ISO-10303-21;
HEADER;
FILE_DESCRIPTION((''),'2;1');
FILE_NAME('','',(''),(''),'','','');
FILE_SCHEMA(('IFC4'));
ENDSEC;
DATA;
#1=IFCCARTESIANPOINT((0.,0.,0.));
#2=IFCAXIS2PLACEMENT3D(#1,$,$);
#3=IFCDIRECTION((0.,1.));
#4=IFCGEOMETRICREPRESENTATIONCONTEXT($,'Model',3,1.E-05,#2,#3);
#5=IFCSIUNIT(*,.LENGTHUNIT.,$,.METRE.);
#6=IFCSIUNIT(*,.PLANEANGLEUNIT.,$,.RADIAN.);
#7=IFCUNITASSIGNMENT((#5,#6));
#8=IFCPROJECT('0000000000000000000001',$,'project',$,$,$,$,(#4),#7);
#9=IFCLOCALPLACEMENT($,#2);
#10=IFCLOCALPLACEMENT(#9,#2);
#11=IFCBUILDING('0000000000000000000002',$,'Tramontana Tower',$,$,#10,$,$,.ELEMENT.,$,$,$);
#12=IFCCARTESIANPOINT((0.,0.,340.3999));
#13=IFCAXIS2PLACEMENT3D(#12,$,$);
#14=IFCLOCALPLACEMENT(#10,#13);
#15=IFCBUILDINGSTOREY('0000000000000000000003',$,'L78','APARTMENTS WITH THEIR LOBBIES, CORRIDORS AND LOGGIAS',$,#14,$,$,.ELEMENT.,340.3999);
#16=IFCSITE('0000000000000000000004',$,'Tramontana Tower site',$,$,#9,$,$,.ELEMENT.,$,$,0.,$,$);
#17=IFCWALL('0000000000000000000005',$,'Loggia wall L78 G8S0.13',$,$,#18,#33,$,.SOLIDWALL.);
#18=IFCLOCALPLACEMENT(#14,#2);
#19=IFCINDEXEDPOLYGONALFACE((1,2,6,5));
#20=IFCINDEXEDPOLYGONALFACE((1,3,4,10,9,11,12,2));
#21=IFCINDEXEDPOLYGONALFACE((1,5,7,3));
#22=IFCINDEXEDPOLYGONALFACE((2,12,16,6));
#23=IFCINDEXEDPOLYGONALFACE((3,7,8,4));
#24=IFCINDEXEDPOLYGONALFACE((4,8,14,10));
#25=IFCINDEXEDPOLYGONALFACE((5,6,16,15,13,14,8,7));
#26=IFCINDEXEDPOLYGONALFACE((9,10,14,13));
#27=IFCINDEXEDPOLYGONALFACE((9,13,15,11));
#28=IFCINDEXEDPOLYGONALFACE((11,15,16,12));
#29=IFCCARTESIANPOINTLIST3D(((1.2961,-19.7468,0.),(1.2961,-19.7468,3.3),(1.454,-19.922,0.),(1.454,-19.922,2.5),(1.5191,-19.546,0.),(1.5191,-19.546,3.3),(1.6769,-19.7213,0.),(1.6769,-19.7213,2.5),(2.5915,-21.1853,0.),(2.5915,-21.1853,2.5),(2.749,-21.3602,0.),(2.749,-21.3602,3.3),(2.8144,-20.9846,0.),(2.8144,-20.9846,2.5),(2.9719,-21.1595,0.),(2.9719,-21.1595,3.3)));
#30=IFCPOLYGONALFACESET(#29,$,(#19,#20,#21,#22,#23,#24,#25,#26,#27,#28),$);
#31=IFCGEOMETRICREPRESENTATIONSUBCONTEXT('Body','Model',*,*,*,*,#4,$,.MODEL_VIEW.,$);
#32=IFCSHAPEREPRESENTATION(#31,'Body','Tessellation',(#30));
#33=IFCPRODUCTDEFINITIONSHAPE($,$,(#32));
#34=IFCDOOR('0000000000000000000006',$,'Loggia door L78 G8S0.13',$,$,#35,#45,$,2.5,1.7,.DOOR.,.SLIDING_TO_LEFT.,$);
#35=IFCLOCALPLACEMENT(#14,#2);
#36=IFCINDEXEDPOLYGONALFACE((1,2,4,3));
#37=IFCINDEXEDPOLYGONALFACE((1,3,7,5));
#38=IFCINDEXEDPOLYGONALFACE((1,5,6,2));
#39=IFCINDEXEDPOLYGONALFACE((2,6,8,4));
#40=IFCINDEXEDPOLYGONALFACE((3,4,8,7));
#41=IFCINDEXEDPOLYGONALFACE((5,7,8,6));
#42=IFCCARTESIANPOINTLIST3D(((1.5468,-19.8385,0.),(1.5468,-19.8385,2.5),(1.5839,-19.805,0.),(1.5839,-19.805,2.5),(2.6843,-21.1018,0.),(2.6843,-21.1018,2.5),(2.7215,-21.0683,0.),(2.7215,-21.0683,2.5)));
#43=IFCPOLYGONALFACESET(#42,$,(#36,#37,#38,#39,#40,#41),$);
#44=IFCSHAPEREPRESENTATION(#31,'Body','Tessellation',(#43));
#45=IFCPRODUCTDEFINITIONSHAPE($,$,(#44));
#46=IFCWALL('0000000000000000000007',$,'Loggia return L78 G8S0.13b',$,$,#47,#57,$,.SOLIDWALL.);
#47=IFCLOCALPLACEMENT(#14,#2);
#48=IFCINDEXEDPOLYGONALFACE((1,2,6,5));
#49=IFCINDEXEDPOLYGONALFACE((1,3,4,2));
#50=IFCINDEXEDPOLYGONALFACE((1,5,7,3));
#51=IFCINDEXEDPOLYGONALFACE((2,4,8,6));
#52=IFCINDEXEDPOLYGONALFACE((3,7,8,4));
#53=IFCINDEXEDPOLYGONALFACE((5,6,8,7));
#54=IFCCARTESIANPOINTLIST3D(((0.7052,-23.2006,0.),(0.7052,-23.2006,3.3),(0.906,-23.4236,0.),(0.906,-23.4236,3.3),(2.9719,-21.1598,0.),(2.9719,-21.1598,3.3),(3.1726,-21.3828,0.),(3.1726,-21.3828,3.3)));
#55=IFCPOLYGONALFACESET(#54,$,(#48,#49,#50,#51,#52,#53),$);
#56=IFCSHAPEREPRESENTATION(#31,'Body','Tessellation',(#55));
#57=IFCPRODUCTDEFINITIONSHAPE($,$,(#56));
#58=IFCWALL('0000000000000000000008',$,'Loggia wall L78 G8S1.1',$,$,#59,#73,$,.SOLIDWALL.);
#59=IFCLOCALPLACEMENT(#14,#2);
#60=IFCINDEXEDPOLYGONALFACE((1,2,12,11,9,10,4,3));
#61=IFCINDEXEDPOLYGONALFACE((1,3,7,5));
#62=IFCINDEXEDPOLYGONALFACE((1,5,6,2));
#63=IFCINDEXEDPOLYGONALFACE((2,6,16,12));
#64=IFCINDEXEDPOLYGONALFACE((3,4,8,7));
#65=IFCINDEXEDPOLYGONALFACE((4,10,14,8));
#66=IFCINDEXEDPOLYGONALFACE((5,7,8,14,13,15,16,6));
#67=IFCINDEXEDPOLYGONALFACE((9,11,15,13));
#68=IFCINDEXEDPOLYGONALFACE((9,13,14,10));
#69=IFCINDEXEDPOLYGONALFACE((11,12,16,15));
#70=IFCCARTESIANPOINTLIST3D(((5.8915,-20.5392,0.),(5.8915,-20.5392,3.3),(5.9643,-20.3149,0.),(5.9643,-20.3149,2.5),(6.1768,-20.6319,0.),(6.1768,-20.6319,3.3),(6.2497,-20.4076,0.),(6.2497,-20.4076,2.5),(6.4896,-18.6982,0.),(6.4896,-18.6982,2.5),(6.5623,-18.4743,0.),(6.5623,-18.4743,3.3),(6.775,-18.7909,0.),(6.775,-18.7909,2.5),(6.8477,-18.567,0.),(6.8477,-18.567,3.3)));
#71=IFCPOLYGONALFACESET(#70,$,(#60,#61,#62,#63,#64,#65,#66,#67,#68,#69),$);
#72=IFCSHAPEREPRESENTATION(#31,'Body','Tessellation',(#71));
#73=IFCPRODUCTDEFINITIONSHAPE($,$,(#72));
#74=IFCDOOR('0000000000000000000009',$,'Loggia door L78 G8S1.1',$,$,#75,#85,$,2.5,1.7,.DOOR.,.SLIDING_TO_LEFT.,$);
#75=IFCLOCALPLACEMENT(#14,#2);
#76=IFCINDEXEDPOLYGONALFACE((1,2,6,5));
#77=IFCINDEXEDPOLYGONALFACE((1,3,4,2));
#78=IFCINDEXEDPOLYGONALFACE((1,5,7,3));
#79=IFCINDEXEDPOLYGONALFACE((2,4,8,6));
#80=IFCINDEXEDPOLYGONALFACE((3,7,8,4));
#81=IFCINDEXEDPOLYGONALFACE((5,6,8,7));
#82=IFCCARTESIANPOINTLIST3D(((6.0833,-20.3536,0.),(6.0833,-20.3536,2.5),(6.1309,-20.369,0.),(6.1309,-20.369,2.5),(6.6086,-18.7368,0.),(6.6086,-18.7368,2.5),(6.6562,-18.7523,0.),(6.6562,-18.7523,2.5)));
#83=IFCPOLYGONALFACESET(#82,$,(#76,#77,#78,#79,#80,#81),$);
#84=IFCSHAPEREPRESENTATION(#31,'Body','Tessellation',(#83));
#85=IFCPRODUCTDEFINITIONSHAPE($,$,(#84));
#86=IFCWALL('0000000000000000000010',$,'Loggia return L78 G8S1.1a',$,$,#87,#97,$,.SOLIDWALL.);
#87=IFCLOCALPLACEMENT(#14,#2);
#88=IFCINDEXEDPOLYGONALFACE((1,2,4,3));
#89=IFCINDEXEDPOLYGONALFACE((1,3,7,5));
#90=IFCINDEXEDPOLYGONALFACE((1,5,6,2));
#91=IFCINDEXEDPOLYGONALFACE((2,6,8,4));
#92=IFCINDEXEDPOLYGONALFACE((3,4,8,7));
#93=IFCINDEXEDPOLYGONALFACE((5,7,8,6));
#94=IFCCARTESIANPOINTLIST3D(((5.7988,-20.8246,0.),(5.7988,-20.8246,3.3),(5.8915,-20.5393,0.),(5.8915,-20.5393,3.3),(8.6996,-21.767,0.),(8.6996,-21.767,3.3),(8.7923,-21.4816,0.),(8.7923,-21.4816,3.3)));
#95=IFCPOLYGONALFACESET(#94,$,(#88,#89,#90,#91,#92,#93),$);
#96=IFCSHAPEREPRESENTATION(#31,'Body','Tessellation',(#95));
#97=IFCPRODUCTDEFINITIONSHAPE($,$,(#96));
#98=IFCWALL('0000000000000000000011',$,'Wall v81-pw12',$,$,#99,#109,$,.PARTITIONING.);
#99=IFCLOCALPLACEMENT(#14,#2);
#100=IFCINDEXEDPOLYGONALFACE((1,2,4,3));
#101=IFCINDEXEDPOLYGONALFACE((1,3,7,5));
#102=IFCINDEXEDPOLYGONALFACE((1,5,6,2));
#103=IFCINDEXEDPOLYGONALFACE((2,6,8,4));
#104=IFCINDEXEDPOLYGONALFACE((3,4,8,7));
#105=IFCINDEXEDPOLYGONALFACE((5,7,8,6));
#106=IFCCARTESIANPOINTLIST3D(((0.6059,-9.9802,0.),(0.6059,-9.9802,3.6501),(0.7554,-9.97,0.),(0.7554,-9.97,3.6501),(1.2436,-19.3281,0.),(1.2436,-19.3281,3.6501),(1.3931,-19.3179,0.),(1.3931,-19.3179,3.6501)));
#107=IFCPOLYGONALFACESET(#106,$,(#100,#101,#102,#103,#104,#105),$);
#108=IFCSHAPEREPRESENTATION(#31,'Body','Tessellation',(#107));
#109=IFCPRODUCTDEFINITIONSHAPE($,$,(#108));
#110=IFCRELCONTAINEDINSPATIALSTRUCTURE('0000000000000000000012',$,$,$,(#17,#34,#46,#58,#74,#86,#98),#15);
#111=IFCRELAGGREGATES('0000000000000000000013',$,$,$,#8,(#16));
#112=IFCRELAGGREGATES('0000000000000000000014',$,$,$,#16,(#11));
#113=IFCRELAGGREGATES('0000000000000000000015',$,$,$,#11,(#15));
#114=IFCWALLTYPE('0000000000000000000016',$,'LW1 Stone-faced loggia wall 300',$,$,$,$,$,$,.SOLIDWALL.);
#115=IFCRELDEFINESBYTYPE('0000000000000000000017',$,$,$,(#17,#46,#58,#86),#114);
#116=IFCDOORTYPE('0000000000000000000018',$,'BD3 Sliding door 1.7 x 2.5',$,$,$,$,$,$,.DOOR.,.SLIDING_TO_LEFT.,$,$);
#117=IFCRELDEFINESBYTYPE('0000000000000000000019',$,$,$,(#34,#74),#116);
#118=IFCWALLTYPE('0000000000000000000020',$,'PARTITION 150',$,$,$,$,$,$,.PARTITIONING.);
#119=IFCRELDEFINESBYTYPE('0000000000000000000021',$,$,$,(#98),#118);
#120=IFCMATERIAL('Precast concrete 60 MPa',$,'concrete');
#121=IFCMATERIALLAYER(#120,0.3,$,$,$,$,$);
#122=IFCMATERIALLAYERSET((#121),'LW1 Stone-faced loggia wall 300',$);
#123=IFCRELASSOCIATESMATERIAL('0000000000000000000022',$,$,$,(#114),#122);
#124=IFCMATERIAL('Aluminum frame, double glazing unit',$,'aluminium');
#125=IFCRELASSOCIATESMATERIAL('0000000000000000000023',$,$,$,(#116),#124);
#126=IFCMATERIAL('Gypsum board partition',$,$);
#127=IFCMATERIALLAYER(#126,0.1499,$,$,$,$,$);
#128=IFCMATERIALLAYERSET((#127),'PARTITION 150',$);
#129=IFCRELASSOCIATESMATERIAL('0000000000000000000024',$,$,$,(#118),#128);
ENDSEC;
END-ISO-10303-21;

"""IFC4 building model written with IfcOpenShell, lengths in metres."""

from ifc_helpers import new_model, si_unit, direction, frame, frame_2d, origin, place, context, subcontext, project, spatial, rectangle, extrude, material, layer, layer_set, type_object, element, fill, save


model = new_model("IFC4")

# Units and contexts
model_context = context("Model", 3, precision=1e-05, world=origin(), true_north=direction((0.0, 1.0)))
body_context = subcontext(model_context, "Body", "Model", "MODEL_VIEW")
ifc_project = project(units=[si_unit("LENGTHUNIT", "METRE"), si_unit("PLANEANGLEUNIT", "RADIAN")], contexts=[model_context])

# Site, building, storey
site_placement = place(None, origin())
site = spatial("IfcSite", under=ifc_project, at=site_placement, Name="Tramontana Tower site", CompositionType="ELEMENT", RefElevation=0.0)
building_placement = place(site_placement, origin())
building = spatial("IfcBuilding", under=site, at=building_placement, Name="Tramontana Tower", CompositionType="ELEMENT")
storey_placement = place(building_placement, frame((0.0, 0.0, 340.3999)))
storey = spatial("IfcBuildingStorey", under=building, at=storey_placement, Name="L78", Description="APARTMENTS WITH THEIR LOBBIES, CORRIDORS AND LOGGIAS", CompositionType="ELEMENT", Elevation=340.3999)

# Wall, opening, door
ifc_material_1 = material(Name="Precast concrete 60 MPa", Category="concrete")
ifc_layer_1 = layer(ifc_material_1, 0.3)
ifc_layer_set_1 = layer_set([ifc_layer_1], Name="LW1 Stone-faced loggia wall 300")
wall_type_1 = type_object("IfcWallType", Name="LW1 Stone-faced loggia wall 300", PredefinedType="SOLIDWALL", material=ifc_layer_set_1)
wall_1_placement = place(storey_placement, frame((1.4077, -19.6465, 0.0), z_axis=(0.0, 0.0, 1.0), x_axis=(0.669145, -0.743132, 0.0)))
wall_1 = element("IfcWall", 1, at=wall_1_placement, inside=storey, type_object=wall_type_1, Name="Loggia wall L78 G8S0.13", PredefinedType="SOLIDWALL", context=body_context, shape_type="SweptSolid", body=[
    extrude(rectangle(XDim=2.1711, YDim=0.3, at=frame_2d((1.0854, 0.0))), origin(), (0.0, 0.0, 1.0), 3.3),
])
opening_1_placement = place(wall_1_placement, frame((0.2356, 0.0, 0.0)))
opening_1 = element("IfcOpeningElement", 2, at=opening_1_placement, cuts=wall_1, PredefinedType="OPENING", context=body_context, shape_type="SweptSolid", body=[
    extrude(rectangle(XDim=1.7, YDim=2.5, at=frame_2d((0.8501, 1.25))), frame((0.0, 0.1599, 0.0), z_axis=(0.0, -1.0, 0.0), x_axis=(1.0, 0.0, 0.0)), (0.0, 0.0, 1.0), 0.3201),
])
ifc_material_2 = material(Name="Aluminum frame, double glazing unit", Category="aluminium")
door_type_1 = type_object("IfcDoorType", Name="BD3 Sliding door 1.7 x 2.5", OperationType="SLIDING_TO_LEFT", PredefinedType="DOOR", material=ifc_material_2)
door_1_placement = place(opening_1_placement, origin())
door_1 = element("IfcDoor", 3, at=door_1_placement, inside=storey, type_object=door_type_1, Name="Loggia door L78 G8S0.13", OperationType="SLIDING_TO_LEFT", OverallHeight=2.5, OverallWidth=1.7, PredefinedType="DOOR", context=body_context, shape_type="SweptSolid", body=[
    extrude(rectangle(XDim=1.7, YDim=2.5, at=frame_2d((0.8501, 1.25))), frame((0.0, 0.0249, 0.0), z_axis=(0.0, -1.0, 0.0), x_axis=(1.0, 0.0, 0.0)), (0.0, 0.0, 1.0), 0.05),
])
fill(opening_1, door_1)

# Wall
wall_2_placement = place(storey_placement, frame((0.8057, -23.312, 0.0), z_axis=(0.0, 0.0, 1.0), x_axis=(0.743159, 0.669115, 0.0)))
element("IfcWall", 4, at=wall_2_placement, inside=storey, type_object=wall_type_1, Name="Loggia return L78 G8S0.13b", PredefinedType="SOLIDWALL", context=body_context, shape_type="SweptSolid", body=[
    extrude(rectangle(XDim=3.05, YDim=0.3, at=frame_2d((1.5249, 0.0))), origin(), (0.0, 0.0, 1.0), 3.3),
])

# Wall, opening, door
wall_3_placement = place(storey_placement, frame((6.0342, -20.5854, 0.0), z_axis=(0.0, 0.0, 1.0), x_axis=(0.309, 0.951062, 0.0)))
wall_3 = element("IfcWall", 5, at=wall_3_placement, inside=storey, type_object=wall_type_1, Name="Loggia wall L78 G8S1.1", PredefinedType="SOLIDWALL", context=body_context, shape_type="SweptSolid", body=[
    extrude(rectangle(XDim=2.1711, YDim=0.3, at=frame_2d((1.0854, 0.0))), origin(), (0.0, 0.0, 1.0), 3.3),
])
opening_2_placement = place(wall_3_placement, frame((0.2356, 0.0, 0.0)))
opening_2 = element("IfcOpeningElement", 6, at=opening_2_placement, cuts=wall_3, PredefinedType="OPENING", context=body_context, shape_type="SweptSolid", body=[
    extrude(rectangle(XDim=1.7, YDim=2.5, at=frame_2d((0.8501, 1.25))), frame((0.0, 0.1599, 0.0), z_axis=(0.0, -1.0, 0.0), x_axis=(1.0, 0.0, 0.0)), (0.0, 0.0, 1.0), 0.3201),
])
door_2_placement = place(opening_2_placement, origin())
door_2 = element("IfcDoor", 7, at=door_2_placement, inside=storey, type_object=door_type_1, Name="Loggia door L78 G8S1.1", OperationType="SLIDING_TO_LEFT", OverallHeight=2.5, OverallWidth=1.7, PredefinedType="DOOR", context=body_context, shape_type="SweptSolid", body=[
    extrude(rectangle(XDim=1.7, YDim=2.5, at=frame_2d((0.8501, 1.25))), frame((0.0, 0.0249, 0.0), z_axis=(0.0, -1.0, 0.0), x_axis=(1.0, 0.0, 0.0)), (0.0, 0.0, 1.0), 0.05),
])
fill(opening_2, door_2)

# Walls
wall_4_placement = place(storey_placement, frame((8.7458, -21.6243, 0.0), z_axis=(0.0, 0.0, 1.0), x_axis=(-0.951073, 0.308967, 0.0)))
element("IfcWall", 8, at=wall_4_placement, inside=storey, type_object=wall_type_1, Name="Loggia return L78 G8S1.1a", PredefinedType="SOLIDWALL", context=body_context, shape_type="SweptSolid", body=[
    extrude(rectangle(XDim=3.05, YDim=0.3, at=frame_2d((1.5249, 0.0))), origin(), (0.0, 0.0, 1.0), 3.3),
])
ifc_material_3 = material(Name="Gypsum board partition")
ifc_layer_2 = layer(ifc_material_3, 0.1499)
ifc_layer_set_2 = layer_set([ifc_layer_2], Name="PARTITION 150")
wall_type_2 = type_object("IfcWallType", Name="PARTITION 150", PredefinedType="PARTITIONING", material=ifc_layer_set_2)
wall_5_placement = place(storey_placement, frame((1.3184, -19.323, 0.0), z_axis=(0.0, 0.0, 1.0), x_axis=(-0.06806, 0.997681, 0.0)))
element("IfcWall", 9, at=wall_5_placement, inside=storey, type_object=wall_type_2, Name="Wall v81-pw12", PredefinedType="PARTITIONING", context=body_context, shape_type="SweptSolid", body=[
    extrude(rectangle(XDim=9.3696, YDim=0.1499, at=frame_2d((4.6848, 0.0))), origin(), (0.0, 0.0, 1.0), 3.6501),
])

save(model, "model.ifc")
